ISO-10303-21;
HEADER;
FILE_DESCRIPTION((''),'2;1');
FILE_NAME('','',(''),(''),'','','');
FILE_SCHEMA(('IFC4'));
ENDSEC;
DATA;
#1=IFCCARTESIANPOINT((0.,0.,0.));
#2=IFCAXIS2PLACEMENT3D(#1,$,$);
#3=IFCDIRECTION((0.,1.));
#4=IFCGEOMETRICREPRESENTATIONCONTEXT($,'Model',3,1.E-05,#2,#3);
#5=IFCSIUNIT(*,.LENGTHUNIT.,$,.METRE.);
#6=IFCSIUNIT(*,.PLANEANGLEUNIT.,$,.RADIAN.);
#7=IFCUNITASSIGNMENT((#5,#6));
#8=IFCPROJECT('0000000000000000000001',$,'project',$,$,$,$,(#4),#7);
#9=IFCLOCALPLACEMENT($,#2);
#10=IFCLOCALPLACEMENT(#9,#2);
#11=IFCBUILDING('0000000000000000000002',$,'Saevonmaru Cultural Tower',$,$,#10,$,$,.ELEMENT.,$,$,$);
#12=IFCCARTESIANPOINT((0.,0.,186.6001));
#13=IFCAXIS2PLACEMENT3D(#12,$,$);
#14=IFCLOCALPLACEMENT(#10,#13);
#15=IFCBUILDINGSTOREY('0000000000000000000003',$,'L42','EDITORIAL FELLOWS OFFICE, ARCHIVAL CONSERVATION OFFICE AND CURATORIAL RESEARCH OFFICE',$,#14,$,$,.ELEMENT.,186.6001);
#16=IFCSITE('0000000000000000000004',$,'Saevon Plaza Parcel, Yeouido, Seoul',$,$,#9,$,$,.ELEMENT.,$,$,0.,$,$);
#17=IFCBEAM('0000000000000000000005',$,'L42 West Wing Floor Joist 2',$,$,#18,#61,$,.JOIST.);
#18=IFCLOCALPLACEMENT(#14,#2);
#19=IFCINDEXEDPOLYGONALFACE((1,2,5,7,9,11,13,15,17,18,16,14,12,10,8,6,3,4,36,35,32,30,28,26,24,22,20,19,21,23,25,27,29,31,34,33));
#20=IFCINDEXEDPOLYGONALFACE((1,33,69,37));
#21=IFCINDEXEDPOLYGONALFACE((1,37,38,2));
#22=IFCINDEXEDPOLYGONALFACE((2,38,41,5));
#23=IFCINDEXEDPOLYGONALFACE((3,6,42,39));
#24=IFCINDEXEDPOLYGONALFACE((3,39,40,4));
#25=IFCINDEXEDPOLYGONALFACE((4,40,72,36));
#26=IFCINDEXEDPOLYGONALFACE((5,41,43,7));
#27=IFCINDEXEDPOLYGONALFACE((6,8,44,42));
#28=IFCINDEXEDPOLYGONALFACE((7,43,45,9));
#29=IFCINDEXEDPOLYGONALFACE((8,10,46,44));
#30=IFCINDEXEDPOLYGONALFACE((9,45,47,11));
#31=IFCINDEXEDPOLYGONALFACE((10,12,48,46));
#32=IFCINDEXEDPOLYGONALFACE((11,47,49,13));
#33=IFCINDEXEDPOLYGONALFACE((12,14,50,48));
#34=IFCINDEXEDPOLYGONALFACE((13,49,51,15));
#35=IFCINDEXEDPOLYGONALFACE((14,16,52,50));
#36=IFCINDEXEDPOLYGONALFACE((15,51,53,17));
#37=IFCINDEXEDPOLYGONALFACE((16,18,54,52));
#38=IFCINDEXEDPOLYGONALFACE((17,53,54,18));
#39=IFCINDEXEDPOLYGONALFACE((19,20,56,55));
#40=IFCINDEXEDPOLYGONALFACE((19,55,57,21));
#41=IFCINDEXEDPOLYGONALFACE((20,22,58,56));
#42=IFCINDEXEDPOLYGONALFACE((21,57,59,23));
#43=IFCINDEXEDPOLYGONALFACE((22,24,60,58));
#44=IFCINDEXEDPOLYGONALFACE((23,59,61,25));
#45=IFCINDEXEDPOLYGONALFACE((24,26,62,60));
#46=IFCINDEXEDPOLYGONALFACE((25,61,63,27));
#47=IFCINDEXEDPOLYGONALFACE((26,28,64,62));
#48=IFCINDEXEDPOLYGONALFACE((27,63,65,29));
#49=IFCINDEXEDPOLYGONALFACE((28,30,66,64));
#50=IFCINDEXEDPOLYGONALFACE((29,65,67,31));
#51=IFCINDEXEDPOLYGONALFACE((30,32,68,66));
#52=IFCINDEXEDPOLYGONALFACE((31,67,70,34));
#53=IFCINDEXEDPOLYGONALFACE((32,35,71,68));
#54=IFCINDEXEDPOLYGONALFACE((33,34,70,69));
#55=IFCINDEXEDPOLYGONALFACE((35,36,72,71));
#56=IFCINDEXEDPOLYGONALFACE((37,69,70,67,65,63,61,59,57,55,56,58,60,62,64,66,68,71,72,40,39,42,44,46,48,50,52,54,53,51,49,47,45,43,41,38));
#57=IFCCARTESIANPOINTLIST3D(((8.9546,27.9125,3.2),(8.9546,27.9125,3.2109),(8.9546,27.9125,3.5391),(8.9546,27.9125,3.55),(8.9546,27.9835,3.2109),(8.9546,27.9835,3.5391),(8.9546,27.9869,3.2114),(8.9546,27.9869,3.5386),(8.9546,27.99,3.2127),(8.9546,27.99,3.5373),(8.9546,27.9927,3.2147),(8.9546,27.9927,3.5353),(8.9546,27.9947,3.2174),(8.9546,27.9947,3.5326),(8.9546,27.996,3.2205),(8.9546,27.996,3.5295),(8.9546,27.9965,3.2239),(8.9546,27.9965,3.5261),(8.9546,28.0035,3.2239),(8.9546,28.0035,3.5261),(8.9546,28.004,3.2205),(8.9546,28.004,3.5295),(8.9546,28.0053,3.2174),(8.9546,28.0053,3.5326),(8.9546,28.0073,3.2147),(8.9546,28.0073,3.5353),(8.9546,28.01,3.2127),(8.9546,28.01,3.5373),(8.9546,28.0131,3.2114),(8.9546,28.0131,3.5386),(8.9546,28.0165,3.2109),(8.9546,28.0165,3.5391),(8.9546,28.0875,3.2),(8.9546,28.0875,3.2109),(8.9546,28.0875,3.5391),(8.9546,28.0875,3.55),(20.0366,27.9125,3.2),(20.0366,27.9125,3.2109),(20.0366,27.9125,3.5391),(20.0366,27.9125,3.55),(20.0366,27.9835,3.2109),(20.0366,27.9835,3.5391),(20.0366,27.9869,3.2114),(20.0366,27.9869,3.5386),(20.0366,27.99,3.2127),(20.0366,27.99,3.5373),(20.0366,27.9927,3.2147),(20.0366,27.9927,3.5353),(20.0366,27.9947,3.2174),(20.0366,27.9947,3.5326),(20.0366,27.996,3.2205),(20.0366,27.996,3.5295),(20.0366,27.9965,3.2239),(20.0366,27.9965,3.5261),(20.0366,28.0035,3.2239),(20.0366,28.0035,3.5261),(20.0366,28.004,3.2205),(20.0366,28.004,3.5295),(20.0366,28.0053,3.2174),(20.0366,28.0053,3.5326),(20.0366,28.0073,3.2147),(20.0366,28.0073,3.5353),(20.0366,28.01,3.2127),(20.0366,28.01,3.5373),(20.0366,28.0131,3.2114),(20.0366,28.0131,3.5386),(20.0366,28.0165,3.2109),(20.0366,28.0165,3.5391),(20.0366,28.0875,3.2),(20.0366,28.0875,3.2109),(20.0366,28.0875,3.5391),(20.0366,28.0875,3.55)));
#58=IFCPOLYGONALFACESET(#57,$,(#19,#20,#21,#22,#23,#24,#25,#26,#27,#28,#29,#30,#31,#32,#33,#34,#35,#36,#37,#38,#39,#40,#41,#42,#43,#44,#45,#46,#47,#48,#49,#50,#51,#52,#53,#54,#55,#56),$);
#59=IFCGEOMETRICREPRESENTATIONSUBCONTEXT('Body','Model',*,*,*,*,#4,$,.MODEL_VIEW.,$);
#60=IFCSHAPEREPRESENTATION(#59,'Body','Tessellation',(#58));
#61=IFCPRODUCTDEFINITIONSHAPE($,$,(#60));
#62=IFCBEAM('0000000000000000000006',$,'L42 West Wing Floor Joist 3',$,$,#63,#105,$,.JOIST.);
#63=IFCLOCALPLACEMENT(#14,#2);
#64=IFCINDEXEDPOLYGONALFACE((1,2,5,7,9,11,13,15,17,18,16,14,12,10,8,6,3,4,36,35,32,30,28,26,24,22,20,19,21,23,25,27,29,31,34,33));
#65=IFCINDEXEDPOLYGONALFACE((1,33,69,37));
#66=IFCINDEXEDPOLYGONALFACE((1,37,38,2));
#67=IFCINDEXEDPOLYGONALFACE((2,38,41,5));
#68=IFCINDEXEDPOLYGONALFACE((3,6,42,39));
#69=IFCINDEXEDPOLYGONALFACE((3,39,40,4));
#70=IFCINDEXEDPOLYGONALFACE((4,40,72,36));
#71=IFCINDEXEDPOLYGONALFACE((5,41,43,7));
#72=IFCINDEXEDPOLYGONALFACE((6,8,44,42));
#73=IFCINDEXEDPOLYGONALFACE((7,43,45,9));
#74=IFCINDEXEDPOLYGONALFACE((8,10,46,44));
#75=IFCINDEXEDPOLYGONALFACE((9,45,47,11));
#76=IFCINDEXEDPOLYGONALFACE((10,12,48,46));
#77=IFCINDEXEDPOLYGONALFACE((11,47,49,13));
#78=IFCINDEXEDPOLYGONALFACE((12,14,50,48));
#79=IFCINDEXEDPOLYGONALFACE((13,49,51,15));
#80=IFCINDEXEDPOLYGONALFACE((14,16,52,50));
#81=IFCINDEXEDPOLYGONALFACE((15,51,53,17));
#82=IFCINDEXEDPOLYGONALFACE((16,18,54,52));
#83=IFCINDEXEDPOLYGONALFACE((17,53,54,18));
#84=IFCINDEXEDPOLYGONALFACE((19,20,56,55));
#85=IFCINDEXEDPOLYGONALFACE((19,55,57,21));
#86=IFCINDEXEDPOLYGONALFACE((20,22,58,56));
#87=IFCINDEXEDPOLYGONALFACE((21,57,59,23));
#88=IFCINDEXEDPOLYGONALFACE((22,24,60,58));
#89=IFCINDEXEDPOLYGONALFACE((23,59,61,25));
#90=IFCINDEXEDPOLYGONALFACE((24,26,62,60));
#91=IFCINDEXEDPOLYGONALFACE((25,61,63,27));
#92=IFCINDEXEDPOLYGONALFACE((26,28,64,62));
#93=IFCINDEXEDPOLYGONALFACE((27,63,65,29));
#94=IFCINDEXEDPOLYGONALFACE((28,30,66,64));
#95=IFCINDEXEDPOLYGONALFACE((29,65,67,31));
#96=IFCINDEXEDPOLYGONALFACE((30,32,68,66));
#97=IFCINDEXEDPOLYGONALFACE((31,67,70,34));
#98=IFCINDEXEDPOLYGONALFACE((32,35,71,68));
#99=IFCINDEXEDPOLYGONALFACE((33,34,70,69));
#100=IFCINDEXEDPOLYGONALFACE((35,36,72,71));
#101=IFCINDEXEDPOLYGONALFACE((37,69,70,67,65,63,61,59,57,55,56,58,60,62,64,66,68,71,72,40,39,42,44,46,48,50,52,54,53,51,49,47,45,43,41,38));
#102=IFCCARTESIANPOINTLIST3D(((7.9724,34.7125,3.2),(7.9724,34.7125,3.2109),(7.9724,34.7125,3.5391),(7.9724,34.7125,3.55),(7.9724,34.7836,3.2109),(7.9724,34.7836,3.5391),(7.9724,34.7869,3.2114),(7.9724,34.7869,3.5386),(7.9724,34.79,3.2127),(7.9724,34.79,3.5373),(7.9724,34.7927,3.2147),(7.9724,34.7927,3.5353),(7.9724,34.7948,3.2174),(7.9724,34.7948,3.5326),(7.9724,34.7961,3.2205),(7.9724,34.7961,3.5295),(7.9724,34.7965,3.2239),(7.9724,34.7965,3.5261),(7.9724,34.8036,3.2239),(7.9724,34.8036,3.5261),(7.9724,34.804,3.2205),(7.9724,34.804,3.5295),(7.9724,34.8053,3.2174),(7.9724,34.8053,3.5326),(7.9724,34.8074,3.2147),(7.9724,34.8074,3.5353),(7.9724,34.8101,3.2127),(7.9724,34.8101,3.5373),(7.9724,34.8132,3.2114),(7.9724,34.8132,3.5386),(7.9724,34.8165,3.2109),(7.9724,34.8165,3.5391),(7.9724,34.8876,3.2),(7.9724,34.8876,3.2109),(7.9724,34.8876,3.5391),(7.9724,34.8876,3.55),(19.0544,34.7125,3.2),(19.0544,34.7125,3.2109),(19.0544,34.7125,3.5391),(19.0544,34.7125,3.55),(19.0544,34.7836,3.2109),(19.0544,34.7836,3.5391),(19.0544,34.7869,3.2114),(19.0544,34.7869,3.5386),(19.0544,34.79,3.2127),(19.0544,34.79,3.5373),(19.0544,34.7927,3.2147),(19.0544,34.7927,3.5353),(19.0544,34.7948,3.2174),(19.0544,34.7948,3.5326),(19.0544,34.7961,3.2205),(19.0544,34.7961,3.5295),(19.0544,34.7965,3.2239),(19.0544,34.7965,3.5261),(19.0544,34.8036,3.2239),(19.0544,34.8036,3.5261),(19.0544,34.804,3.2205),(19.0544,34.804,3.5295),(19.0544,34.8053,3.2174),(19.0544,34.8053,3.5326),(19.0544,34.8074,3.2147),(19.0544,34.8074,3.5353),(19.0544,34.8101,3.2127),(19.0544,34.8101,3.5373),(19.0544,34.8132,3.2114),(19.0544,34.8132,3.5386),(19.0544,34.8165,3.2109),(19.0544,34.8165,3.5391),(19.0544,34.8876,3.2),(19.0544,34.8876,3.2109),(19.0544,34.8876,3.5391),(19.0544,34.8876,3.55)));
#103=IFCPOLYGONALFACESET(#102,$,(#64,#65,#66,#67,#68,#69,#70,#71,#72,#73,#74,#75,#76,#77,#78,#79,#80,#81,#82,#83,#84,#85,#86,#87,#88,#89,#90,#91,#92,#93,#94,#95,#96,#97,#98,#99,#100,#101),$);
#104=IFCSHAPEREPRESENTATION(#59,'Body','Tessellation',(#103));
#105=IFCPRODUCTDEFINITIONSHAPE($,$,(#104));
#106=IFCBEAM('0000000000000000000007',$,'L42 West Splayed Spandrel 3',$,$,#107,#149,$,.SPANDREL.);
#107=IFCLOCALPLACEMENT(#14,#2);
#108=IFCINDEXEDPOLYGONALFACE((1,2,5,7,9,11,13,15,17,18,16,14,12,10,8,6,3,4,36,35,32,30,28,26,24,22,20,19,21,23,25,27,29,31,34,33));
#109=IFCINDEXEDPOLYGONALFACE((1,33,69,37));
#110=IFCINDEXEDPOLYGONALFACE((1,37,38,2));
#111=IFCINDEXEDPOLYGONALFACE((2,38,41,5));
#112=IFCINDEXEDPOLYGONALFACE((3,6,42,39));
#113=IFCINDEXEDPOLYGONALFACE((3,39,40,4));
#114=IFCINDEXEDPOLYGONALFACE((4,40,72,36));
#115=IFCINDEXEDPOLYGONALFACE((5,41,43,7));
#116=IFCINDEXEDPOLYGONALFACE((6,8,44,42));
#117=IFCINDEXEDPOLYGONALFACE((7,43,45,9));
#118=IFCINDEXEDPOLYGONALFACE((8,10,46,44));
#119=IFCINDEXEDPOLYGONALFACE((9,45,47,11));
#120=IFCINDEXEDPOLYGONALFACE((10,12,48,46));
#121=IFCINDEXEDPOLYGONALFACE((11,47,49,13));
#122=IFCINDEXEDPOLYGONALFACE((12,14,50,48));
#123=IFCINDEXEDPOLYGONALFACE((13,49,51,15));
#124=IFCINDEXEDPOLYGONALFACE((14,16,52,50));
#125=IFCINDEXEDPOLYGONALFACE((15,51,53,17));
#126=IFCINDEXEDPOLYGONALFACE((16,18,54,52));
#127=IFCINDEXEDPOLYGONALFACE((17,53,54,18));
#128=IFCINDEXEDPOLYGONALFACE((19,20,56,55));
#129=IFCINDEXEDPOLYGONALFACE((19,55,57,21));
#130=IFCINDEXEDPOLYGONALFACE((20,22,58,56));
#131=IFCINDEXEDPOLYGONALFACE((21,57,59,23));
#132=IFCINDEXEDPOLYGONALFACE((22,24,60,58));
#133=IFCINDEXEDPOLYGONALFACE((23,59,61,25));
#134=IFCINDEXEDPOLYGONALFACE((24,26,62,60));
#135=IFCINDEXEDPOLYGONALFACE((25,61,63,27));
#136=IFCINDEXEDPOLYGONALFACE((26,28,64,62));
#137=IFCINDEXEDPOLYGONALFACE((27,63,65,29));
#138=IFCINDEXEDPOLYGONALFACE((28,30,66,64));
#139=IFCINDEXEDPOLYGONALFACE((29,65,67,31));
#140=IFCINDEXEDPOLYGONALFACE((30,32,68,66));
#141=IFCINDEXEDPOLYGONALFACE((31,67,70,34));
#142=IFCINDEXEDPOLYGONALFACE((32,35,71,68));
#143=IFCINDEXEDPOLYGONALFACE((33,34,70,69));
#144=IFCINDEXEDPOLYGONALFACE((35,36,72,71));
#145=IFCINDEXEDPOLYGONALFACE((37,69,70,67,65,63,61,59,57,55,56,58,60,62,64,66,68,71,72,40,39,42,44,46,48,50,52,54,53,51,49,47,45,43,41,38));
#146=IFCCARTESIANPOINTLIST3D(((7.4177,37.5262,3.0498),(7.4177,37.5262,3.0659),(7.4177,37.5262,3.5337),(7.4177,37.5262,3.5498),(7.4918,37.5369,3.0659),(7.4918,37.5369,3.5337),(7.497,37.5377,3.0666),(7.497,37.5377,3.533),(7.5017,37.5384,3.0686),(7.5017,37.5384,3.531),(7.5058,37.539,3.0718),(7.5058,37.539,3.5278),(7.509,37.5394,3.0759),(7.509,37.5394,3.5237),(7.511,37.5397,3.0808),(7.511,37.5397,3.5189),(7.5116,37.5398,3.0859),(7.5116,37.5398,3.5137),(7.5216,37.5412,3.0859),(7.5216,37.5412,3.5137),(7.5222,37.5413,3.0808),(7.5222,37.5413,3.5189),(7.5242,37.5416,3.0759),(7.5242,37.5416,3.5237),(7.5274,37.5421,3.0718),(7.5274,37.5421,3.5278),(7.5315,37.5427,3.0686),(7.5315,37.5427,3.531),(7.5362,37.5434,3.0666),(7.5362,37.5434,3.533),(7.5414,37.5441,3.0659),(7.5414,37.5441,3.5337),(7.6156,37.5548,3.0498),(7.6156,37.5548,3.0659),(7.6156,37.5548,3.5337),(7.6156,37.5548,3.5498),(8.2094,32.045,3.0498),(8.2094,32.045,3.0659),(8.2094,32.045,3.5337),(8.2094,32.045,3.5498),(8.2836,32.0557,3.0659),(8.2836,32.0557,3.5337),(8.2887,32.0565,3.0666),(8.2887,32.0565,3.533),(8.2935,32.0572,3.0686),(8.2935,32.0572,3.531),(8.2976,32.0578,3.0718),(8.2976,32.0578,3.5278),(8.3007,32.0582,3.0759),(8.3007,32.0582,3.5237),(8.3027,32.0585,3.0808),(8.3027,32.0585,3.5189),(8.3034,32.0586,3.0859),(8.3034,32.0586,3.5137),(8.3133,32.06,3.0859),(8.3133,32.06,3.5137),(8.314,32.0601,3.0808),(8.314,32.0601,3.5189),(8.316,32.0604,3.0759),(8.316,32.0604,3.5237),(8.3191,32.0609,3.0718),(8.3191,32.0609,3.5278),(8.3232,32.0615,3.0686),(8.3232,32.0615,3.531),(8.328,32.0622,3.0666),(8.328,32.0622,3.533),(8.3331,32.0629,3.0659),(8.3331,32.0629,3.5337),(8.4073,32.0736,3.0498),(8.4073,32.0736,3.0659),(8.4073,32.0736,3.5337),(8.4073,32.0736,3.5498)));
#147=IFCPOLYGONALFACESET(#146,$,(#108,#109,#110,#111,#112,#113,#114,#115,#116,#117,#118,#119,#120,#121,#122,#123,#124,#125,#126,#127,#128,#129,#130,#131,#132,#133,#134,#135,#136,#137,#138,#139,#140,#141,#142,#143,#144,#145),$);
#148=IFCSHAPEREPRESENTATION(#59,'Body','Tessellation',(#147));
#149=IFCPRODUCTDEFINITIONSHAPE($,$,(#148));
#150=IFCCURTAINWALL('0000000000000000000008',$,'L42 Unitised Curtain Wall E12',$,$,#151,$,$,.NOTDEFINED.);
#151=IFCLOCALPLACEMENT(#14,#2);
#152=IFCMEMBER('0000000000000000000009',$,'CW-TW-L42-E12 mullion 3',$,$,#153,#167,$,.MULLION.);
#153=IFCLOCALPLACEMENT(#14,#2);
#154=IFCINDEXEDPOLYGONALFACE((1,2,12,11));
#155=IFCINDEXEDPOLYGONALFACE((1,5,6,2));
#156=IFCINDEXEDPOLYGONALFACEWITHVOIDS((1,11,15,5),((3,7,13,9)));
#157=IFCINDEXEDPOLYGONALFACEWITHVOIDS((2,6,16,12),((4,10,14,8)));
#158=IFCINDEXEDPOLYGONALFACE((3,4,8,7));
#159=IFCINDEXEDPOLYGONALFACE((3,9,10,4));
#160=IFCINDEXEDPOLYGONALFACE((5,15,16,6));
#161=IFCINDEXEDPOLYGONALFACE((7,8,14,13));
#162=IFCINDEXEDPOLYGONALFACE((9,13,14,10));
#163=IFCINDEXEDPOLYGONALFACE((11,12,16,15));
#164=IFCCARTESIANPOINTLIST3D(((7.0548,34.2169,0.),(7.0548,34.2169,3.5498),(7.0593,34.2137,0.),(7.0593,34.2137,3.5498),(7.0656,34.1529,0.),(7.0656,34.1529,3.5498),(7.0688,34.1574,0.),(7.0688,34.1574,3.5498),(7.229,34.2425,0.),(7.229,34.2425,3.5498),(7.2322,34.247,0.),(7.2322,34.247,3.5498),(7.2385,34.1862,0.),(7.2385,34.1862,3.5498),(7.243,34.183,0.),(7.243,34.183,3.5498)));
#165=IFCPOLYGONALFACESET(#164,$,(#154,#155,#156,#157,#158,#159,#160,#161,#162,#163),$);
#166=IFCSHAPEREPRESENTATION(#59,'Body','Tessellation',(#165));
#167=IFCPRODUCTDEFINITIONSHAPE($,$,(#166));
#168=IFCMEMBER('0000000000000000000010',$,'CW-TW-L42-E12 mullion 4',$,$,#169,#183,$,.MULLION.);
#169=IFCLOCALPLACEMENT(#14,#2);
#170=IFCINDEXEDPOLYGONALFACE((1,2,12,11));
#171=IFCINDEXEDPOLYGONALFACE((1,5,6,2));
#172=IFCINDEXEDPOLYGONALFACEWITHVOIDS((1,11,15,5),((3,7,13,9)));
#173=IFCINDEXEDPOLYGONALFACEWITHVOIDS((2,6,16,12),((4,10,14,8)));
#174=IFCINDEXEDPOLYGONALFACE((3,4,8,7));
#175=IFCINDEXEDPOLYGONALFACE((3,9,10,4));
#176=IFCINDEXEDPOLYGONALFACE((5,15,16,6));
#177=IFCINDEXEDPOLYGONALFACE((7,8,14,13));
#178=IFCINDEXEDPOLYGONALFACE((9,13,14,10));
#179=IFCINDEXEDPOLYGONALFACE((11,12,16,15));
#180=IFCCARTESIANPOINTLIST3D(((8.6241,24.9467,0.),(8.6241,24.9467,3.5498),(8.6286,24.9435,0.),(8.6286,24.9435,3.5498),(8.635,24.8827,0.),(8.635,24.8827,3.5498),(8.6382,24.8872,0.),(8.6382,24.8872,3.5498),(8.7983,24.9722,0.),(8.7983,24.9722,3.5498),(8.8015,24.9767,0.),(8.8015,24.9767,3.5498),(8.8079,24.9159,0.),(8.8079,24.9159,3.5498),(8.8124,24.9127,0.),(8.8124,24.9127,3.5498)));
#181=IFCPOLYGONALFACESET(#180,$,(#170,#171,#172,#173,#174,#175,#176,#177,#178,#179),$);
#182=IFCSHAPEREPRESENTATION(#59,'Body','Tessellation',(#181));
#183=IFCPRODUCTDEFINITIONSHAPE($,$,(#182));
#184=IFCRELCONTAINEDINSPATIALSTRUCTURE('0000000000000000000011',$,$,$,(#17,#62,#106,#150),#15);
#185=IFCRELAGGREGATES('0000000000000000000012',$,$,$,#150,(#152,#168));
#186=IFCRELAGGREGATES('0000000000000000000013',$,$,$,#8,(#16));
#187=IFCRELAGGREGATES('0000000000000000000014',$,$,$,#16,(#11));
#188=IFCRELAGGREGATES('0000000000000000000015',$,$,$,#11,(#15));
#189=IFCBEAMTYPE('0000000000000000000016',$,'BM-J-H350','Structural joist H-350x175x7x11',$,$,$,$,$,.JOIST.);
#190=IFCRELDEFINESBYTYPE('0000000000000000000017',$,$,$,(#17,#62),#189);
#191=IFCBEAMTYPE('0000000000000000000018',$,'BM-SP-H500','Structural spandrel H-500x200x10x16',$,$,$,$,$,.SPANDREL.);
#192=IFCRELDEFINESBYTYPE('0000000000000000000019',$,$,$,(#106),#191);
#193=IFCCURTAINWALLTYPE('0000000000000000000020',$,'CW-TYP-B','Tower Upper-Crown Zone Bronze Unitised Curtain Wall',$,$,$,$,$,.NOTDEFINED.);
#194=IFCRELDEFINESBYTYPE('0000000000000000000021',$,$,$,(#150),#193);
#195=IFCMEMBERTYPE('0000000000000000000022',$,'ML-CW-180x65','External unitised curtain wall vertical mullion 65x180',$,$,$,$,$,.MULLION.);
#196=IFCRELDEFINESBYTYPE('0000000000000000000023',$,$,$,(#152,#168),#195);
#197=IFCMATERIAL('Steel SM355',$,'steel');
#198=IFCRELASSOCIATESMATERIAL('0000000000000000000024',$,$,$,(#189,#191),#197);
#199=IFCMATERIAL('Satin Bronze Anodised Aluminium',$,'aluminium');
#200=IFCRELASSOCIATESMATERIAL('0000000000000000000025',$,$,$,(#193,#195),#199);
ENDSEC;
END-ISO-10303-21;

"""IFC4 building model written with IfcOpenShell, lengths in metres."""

from ifc_helpers import new_model, si_unit, direction, frame, origin, origin_2d, place, context, subcontext, project, spatial, hollow_rectangle, i_section, extrude, material, material_profile, profile_set, type_object, element, aggregate, save


model = new_model("IFC4")

# Units and contexts
model_context = context("Model", 3, precision=1e-05, world=origin(), true_north=direction((0.0, 1.0)))
body_context = subcontext(model_context, "Body", "Model", "MODEL_VIEW")
ifc_project = project(units=[si_unit("LENGTHUNIT", "METRE"), si_unit("PLANEANGLEUNIT", "RADIAN")], contexts=[model_context])

# Site, building, storey
site_placement = place(None, origin())
site = spatial("IfcSite", under=ifc_project, at=site_placement, Name="Saevon Plaza Parcel, Yeouido, Seoul", CompositionType="ELEMENT", RefElevation=0.0)
building_placement = place(site_placement, origin())
building = spatial("IfcBuilding", under=site, at=building_placement, Name="Saevonmaru Cultural Tower", CompositionType="ELEMENT")
storey_placement = place(building_placement, frame((0.0, 0.0, 186.6001)))
storey = spatial("IfcBuildingStorey", under=building, at=storey_placement, Name="L42", Description="EDITORIAL FELLOWS OFFICE, ARCHIVAL CONSERVATION OFFICE AND CURATORIAL RESEARCH OFFICE", CompositionType="ELEMENT", Elevation=186.6001)

# Shared definitions
ifc_material_1 = material(Name="Steel SM355", Category="steel")

# Beams
ifc_material_profile_1 = material_profile(ifc_material_1, i_section(OverallWidth=0.175, OverallDepth=0.3501, WebThickness=0.0071, FlangeThickness=0.011, FilletRadius=0.0129, at=origin_2d()), Name="H-350x175x7x11")
ifc_profile_set_1 = profile_set([ifc_material_profile_1], Name="Steel SM355")
beam_type_1 = type_object("IfcBeamType", Name="BM-J-H350", Description="Structural joist H-350x175x7x11", PredefinedType="JOIST", material=ifc_profile_set_1)
for number, where, z_axis, x_axis, name in (
    (1, (8.9546, 28.0, 3.375), (1.0, 0.0, 0.0), (0.0, 1.0, 0.0), "L42 West Wing Floor Joist 2"),
    (2, (7.9724, 34.8, 3.375), (1.0, 0.0, 0.0), (0.0, 1.0, 0.0), "L42 West Wing Floor Joist 3"),
):
    element("IfcBeam", number, at=place(storey_placement, frame(where, z_axis=z_axis, x_axis=x_axis)), inside=storey, type_object=beam_type_1, Name=name, PredefinedType="JOIST", context=body_context, shape_type="SweptSolid", body=[
        extrude(i_section(OverallWidth=0.175, OverallDepth=0.3501, WebThickness=0.0071, FlangeThickness=0.011, FilletRadius=0.0129, at=origin_2d()), origin(), (0.0, 0.0, 1.0), 11.082),
    ])
ifc_material_profile_2 = material_profile(ifc_material_1, i_section(OverallWidth=0.2, OverallDepth=0.5, WebThickness=0.01, FlangeThickness=0.0161, FilletRadius=0.02, at=origin_2d()), Name="H-500x200x10x16")
ifc_profile_set_2 = profile_set([ifc_material_profile_2], Name="Steel SM355")
beam_type_2 = type_object("IfcBeamType", Name="BM-SP-H500", Description="Structural spandrel H-500x200x10x16", PredefinedType="SPANDREL", material=ifc_profile_set_2)
beam_1_placement = place(storey_placement, frame((8.3083, 32.0593, 3.2998), z_axis=(-0.142964, 0.989728, 0.0), x_axis=(-0.989728, -0.142964, 0.0)))
element("IfcBeam", 3, at=beam_1_placement, inside=storey, type_object=beam_type_2, Name="L42 West Splayed Spandrel 3", PredefinedType="SPANDREL", context=body_context, shape_type="SweptSolid", body=[
    extrude(i_section(OverallWidth=0.2, OverallDepth=0.5, WebThickness=0.01, FlangeThickness=0.0161, FilletRadius=0.02, at=origin_2d()), origin(), (0.0, 0.0, 1.0), 5.5381),
])

# Curtain wall, members
ifc_material_2 = material(Name="Satin Bronze Anodised Aluminium", Category="aluminium")
curtain_wall_type_1 = type_object("IfcCurtainWallType", Name="CW-TYP-B", Description="Tower Upper-Crown Zone Bronze Unitised Curtain Wall", PredefinedType="NOTDEFINED", material=ifc_material_2)
curtain_wall_1_placement = place(storey_placement, origin())
curtain_wall_1 = element("IfcCurtainWall", 4, at=curtain_wall_1_placement, inside=storey, type_object=curtain_wall_type_1, Name="L42 Unitised Curtain Wall E12", PredefinedType="NOTDEFINED")
ifc_material_profile_3 = material_profile(ifc_material_2, hollow_rectangle(XDim=0.0649, YDim=0.1799, WallThickness=0.0039, at=origin_2d()), Name="ALU-MULL-180x65x4")
ifc_profile_set_3 = profile_set([ifc_material_profile_3], Name="Satin Bronze Anodised Aluminium")
member_type_1 = type_object("IfcMemberType", Name="ML-CW-180x65", Description="External unitised curtain wall vertical mullion 65x180", PredefinedType="MULLION", material=ifc_profile_set_3)
member_1_placement = place(storey_placement, frame((7.1489, 34.2, 0.0), z_axis=(0.0, 0.0, 1.0), x_axis=(0.166922, -0.98597, 0.0)))
member_1 = element("IfcMember", 5, at=member_1_placement, type_object=member_type_1, Name="CW-TW-L42-E12 mullion 3", PredefinedType="MULLION", context=body_context, shape_type="SweptSolid", body=[
    extrude(hollow_rectangle(XDim=0.0649, YDim=0.1799, WallThickness=0.0039, at=origin_2d()), origin(), (0.0, 0.0, 1.0), 3.5498),
])
member_2_placement = place(storey_placement, frame((8.7183, 24.9297, 0.0), z_axis=(0.0, 0.0, 1.0), x_axis=(0.166922, -0.98597, 0.0)))
member_2 = element("IfcMember", 6, at=member_2_placement, type_object=member_type_1, Name="CW-TW-L42-E12 mullion 4", PredefinedType="MULLION", context=body_context, shape_type="SweptSolid", body=[
    extrude(hollow_rectangle(XDim=0.0649, YDim=0.1799, WallThickness=0.0039, at=origin_2d()), origin(), (0.0, 0.0, 1.0), 3.5498),
])

aggregate(curtain_wall_1, [member_1, member_2])

save(model, "model.ifc")
